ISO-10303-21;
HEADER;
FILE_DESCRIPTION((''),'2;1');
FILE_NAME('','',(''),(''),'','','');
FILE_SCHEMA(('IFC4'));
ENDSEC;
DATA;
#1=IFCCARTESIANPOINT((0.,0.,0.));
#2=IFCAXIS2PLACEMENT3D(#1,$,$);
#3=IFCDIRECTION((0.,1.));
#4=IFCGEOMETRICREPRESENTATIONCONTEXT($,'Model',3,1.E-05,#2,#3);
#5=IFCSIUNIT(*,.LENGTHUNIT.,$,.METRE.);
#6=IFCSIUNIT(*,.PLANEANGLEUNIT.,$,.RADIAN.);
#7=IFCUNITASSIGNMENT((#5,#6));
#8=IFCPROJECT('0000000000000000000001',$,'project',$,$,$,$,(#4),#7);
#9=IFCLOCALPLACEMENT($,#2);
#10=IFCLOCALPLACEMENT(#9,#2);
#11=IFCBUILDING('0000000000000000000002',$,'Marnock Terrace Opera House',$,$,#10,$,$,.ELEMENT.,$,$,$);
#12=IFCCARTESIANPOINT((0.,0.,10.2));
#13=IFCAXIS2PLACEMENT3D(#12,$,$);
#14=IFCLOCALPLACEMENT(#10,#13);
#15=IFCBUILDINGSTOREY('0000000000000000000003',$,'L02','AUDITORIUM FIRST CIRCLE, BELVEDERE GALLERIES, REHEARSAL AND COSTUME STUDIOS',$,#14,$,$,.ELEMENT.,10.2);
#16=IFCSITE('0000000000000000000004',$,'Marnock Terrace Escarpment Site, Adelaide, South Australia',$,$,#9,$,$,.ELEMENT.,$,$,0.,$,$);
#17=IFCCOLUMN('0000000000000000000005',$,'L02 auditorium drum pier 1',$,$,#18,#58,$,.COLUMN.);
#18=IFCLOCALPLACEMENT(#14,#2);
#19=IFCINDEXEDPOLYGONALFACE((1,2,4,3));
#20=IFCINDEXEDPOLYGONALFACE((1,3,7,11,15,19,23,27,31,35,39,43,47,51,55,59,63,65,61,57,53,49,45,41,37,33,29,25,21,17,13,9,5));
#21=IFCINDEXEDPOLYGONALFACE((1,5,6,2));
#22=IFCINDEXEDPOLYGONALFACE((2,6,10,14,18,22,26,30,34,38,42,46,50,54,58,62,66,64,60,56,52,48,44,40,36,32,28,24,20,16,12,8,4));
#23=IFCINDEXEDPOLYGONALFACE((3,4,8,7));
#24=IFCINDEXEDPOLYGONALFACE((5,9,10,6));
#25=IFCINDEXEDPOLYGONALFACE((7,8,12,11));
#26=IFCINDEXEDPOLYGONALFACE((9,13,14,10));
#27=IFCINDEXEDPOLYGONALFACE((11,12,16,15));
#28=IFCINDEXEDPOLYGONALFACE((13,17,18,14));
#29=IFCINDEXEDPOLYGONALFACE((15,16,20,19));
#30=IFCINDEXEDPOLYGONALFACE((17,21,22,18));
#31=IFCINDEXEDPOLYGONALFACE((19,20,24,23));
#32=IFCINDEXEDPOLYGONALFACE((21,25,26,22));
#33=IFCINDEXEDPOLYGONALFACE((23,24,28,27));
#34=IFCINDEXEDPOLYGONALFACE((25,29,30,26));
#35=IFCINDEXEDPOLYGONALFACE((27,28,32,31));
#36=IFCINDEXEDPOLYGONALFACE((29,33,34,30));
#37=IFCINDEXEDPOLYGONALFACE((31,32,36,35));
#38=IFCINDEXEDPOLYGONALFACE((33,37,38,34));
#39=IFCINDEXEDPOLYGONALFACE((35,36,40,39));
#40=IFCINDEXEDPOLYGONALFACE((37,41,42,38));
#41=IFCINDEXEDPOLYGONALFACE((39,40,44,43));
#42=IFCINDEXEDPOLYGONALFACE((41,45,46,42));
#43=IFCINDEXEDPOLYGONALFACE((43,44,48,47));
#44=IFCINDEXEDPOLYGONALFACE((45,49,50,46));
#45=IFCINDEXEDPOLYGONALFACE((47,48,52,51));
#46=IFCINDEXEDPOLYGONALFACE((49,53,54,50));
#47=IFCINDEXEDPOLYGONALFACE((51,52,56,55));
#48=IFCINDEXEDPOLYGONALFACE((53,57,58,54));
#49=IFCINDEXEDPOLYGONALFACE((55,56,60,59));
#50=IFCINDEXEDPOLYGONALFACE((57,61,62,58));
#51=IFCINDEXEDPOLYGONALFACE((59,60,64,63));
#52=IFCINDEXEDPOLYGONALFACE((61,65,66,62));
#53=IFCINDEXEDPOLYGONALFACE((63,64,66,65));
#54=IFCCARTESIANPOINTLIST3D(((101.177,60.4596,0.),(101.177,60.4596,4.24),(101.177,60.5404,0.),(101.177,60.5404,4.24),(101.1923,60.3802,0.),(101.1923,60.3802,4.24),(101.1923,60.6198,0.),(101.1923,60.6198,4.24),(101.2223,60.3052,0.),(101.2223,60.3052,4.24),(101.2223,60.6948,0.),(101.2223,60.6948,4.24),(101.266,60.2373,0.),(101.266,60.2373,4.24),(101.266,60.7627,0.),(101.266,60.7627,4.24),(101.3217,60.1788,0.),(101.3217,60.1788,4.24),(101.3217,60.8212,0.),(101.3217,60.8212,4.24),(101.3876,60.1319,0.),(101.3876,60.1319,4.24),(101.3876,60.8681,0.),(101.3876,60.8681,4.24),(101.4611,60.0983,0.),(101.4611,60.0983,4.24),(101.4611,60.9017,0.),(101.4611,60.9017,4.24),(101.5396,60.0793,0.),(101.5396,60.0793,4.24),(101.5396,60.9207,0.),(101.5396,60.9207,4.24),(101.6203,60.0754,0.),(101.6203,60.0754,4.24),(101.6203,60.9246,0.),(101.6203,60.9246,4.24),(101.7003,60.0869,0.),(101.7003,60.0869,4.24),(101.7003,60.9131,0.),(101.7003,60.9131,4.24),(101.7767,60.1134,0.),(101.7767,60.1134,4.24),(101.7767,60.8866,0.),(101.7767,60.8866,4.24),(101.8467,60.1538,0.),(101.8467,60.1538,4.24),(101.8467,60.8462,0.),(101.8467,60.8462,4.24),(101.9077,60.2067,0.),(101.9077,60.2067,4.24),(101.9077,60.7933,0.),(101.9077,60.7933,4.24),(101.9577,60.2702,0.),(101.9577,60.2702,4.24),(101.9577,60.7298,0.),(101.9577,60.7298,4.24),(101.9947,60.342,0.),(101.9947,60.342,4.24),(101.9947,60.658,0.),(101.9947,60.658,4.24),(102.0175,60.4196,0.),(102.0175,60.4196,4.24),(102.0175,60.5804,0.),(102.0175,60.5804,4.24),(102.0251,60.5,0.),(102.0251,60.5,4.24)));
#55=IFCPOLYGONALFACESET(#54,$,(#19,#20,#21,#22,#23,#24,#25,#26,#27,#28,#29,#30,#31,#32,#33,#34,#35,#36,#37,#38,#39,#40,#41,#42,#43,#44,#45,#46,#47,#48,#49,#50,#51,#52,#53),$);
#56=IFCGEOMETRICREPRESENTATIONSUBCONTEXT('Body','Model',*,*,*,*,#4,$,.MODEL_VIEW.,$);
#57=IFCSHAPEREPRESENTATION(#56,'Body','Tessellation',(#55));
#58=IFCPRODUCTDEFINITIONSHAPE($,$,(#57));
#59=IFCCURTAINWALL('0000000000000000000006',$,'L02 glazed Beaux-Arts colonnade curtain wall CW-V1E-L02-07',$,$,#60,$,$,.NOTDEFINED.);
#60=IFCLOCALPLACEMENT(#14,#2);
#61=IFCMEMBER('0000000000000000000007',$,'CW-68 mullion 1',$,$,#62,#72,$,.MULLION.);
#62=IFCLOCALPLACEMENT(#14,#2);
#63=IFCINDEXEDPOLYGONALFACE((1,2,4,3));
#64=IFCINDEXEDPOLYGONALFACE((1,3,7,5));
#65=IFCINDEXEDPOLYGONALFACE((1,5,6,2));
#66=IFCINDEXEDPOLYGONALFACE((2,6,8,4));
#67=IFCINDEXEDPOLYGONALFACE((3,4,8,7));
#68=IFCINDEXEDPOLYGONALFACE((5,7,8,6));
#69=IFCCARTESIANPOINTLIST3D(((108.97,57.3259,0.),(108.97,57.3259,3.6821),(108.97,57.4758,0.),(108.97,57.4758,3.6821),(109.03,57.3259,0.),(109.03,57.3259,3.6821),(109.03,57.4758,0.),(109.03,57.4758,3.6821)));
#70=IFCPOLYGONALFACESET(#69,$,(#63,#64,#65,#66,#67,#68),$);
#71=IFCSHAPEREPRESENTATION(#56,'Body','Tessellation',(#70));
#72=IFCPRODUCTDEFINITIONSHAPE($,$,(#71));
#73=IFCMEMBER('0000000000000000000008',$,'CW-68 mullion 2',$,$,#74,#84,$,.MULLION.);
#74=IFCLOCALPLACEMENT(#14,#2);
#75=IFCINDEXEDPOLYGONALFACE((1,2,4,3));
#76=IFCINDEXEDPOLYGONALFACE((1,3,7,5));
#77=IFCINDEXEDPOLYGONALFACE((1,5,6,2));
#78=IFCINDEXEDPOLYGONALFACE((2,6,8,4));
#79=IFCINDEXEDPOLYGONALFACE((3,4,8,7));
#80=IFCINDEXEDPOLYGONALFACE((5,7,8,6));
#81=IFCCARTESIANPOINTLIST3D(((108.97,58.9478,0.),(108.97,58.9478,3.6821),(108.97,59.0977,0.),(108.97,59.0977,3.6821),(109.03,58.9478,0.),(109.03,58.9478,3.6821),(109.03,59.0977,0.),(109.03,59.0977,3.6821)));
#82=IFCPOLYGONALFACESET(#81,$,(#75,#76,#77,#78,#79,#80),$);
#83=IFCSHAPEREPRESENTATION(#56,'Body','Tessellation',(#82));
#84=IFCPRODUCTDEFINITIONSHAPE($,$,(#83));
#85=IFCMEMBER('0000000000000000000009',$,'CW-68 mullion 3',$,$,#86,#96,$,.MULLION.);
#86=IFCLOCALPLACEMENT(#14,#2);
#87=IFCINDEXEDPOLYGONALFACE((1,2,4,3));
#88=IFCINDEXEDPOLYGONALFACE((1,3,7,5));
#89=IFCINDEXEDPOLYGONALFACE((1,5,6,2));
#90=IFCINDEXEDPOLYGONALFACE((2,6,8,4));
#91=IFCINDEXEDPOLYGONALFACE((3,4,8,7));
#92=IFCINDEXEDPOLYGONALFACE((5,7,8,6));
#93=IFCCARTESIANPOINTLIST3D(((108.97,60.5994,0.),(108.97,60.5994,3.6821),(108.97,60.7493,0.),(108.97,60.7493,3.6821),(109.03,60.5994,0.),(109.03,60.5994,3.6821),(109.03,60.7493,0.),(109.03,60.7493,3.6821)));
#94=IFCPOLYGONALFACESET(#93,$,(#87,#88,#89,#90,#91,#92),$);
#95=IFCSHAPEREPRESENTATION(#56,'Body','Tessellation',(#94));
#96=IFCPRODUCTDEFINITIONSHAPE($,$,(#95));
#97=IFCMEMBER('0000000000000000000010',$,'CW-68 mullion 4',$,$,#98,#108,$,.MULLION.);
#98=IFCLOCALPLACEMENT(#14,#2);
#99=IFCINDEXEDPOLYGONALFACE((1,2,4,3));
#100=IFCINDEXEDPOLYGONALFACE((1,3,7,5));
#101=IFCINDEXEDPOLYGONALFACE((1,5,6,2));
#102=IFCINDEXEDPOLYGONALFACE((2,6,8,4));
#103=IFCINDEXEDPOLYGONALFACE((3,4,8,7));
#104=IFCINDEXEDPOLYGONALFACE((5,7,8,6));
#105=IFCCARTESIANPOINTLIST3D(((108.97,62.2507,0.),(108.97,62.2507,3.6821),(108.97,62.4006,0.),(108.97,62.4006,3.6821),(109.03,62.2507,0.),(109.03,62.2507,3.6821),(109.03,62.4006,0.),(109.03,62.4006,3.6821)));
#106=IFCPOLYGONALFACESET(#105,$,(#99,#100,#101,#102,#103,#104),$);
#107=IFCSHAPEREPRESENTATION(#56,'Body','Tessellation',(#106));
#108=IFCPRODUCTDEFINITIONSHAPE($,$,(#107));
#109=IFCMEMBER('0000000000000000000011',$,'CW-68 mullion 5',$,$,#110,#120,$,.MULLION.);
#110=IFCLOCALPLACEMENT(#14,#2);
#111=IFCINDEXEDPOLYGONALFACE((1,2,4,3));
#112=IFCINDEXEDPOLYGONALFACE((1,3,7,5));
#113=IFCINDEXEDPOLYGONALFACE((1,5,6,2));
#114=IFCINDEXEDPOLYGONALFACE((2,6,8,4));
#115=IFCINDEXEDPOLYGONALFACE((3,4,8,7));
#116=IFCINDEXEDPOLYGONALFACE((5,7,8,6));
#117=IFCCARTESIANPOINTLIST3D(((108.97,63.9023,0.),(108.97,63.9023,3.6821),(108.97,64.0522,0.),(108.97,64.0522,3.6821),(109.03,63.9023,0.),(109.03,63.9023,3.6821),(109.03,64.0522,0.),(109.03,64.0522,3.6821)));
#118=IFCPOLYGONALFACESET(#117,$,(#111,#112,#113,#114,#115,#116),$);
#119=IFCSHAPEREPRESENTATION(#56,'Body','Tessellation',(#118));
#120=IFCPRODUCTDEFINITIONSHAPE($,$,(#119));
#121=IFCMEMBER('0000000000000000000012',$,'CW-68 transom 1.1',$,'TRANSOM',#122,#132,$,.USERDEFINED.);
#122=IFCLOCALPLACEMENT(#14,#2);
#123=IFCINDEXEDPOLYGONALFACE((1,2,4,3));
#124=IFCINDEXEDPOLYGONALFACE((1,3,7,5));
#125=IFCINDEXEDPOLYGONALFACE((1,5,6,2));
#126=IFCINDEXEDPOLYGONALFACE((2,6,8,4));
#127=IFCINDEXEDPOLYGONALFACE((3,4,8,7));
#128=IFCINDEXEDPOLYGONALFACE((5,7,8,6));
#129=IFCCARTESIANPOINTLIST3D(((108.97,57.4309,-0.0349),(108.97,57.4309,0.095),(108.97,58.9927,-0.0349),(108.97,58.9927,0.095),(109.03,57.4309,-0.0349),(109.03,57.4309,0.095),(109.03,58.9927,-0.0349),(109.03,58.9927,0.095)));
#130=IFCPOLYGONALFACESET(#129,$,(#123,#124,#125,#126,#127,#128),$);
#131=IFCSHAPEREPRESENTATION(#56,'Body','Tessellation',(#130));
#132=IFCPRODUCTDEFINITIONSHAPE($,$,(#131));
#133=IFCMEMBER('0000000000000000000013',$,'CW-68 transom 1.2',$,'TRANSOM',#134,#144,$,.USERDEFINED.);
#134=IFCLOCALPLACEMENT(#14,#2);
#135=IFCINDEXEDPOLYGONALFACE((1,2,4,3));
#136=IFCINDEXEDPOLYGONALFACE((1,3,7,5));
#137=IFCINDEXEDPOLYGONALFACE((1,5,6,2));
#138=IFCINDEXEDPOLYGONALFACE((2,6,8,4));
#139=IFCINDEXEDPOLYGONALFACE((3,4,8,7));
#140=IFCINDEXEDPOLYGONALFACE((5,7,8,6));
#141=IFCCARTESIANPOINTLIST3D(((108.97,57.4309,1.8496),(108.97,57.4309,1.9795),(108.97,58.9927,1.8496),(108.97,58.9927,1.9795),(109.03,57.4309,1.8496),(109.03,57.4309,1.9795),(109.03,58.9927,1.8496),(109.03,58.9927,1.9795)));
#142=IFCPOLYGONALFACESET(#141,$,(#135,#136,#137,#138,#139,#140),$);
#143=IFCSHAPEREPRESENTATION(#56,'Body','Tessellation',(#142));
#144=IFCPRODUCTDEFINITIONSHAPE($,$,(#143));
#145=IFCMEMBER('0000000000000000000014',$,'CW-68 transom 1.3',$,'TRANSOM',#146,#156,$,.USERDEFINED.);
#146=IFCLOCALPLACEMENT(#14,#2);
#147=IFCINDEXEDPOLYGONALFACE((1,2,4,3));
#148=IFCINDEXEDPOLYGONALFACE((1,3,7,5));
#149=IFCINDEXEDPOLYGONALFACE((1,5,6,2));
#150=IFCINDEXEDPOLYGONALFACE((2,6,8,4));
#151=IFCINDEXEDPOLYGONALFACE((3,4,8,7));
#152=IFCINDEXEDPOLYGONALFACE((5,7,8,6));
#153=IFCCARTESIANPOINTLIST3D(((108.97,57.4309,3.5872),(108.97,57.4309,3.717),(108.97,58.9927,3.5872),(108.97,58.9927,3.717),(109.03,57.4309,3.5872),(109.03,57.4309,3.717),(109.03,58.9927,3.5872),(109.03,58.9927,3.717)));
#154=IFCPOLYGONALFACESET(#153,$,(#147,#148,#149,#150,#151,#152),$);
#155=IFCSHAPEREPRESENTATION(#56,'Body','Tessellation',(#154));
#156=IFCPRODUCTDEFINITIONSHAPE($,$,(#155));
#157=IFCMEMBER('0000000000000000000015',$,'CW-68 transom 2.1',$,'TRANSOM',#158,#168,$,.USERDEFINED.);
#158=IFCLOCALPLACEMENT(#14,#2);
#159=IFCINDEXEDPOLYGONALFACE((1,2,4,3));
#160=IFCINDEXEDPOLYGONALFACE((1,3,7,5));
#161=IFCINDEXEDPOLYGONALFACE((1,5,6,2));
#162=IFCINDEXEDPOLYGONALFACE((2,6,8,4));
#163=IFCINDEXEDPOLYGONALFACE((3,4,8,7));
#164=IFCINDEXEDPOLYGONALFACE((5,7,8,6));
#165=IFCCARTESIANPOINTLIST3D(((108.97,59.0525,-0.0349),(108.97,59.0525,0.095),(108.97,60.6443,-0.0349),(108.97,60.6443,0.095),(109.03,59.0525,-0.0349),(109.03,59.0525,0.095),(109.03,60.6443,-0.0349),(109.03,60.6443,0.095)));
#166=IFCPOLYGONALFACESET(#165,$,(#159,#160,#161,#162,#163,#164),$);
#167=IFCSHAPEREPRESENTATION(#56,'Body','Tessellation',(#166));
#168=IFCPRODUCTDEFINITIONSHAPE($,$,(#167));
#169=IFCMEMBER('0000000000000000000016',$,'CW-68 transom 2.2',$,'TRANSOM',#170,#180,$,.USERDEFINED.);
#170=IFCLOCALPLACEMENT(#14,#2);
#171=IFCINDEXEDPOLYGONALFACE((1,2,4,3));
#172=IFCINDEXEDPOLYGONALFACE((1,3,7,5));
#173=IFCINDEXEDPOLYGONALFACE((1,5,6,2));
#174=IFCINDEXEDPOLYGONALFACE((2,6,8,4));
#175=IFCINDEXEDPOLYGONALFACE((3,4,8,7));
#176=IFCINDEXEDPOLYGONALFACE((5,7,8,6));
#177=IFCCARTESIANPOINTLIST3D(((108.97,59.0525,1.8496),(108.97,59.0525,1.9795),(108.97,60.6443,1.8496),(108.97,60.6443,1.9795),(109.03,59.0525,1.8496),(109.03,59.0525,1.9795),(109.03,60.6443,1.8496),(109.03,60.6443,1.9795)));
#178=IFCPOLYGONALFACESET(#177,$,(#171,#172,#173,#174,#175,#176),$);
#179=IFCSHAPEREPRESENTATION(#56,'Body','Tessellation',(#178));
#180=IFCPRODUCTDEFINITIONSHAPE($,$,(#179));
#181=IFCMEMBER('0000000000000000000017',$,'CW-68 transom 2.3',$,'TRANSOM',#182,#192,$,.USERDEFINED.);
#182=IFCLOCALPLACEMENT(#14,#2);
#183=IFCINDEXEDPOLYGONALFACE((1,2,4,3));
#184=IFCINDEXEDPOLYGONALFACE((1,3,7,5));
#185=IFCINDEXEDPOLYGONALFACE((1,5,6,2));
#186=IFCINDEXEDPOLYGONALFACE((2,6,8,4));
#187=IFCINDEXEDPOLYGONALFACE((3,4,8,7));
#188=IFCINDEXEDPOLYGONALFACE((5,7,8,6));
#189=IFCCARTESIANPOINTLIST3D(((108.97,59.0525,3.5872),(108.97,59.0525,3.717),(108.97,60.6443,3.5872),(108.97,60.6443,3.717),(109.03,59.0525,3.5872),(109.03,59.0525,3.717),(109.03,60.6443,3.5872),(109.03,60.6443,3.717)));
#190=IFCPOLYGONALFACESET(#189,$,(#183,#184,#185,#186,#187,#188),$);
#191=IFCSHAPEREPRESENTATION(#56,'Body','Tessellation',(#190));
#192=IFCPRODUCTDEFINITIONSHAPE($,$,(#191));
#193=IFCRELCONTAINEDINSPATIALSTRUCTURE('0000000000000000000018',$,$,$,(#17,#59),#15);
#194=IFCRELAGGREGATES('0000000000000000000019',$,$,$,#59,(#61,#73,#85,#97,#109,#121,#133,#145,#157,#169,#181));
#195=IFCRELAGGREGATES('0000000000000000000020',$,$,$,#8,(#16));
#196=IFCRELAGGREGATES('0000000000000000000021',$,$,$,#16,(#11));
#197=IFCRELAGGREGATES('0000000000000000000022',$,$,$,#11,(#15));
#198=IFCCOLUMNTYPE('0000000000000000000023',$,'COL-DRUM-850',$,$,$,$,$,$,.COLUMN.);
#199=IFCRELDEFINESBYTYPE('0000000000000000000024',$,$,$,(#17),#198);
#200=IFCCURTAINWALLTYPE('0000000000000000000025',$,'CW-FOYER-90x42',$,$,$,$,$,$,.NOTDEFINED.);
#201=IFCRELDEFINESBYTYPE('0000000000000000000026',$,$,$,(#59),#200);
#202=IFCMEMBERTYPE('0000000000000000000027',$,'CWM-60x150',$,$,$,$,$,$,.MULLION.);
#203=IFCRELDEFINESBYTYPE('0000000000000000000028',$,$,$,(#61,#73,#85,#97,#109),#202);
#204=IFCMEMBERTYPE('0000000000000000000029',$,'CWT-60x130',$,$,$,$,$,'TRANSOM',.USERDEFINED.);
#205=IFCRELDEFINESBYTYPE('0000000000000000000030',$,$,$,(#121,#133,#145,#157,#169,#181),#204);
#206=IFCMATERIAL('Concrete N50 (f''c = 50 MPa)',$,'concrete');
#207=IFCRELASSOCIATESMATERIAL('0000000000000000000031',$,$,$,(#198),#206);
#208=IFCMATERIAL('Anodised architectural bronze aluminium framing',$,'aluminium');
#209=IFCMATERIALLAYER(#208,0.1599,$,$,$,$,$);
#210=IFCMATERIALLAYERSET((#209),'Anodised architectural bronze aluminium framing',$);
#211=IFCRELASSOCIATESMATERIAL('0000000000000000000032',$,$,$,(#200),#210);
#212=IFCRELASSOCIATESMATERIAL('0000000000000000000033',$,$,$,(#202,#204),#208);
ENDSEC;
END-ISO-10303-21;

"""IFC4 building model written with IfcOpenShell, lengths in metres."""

from ifc_helpers import new_model, si_unit, direction, frame, origin, origin_2d, place, context, subcontext, project, spatial, rectangle, circle, extrude, material, layer, layer_set, material_profile, profile_set, type_object, element, aggregate, save


model = new_model("IFC4")

# Units and contexts
model_context = context("Model", 3, precision=1e-05, world=origin(), true_north=direction((0.0, 1.0)))
body_context = subcontext(model_context, "Body", "Model", "MODEL_VIEW")
ifc_project = project(units=[si_unit("LENGTHUNIT", "METRE"), si_unit("PLANEANGLEUNIT", "RADIAN")], contexts=[model_context])

# Site, building, storey
site_placement = place(None, origin())
site = spatial("IfcSite", under=ifc_project, at=site_placement, Name="Marnock Terrace Escarpment Site, Adelaide, South Australia", CompositionType="ELEMENT", RefElevation=0.0)
building_placement = place(site_placement, origin())
building = spatial("IfcBuilding", under=site, at=building_placement, Name="Marnock Terrace Opera House", CompositionType="ELEMENT")
storey_placement = place(building_placement, frame((0.0, 0.0, 10.2)))
storey = spatial("IfcBuildingStorey", under=building, at=storey_placement, Name="L02", Description="AUDITORIUM FIRST CIRCLE, BELVEDERE GALLERIES, REHEARSAL AND COSTUME STUDIOS", CompositionType="ELEMENT", Elevation=10.2)

# Column
ifc_material_1 = material(Name="Concrete N50 (f'c = 50 MPa)", Category="concrete")
ifc_material_profile_1 = material_profile(ifc_material_1, circle(Radius=0.425, at=origin_2d()))
ifc_profile_set_1 = profile_set([ifc_material_profile_1], Name="Concrete N50 (f'c = 50 MPa)")
column_type = type_object("IfcColumnType", Name="COL-DRUM-850", PredefinedType="COLUMN", material=ifc_profile_set_1)
column_placement = place(storey_placement, frame((101.6001, 60.5, 0.0), z_axis=(0.0, 0.0, 1.0), x_axis=(1.0, 0.0, 0.0)))
element("IfcColumn", 1, at=column_placement, inside=storey, type_object=column_type, Name="L02 auditorium drum pier 1", PredefinedType="COLUMN", context=body_context, shape_type="SweptSolid", body=[
    extrude(circle(Radius=0.425, at=origin_2d()), origin(), (0.0, 0.0, 1.0), 4.24),
])

# Curtain wall, members
ifc_material_2 = material(Name="Anodised architectural bronze aluminium framing", Category="aluminium")
ifc_layer_1 = layer(ifc_material_2, 0.1599)
ifc_layer_set_1 = layer_set([ifc_layer_1], Name="Anodised architectural bronze aluminium framing")
curtain_wall_type = type_object("IfcCurtainWallType", Name="CW-FOYER-90x42", PredefinedType="NOTDEFINED", material=ifc_layer_set_1)
curtain_wall_placement = place(storey_placement, origin())
curtain_wall = element("IfcCurtainWall", 2, at=curtain_wall_placement, inside=storey, type_object=curtain_wall_type, Name="L02 glazed Beaux-Arts colonnade curtain wall CW-V1E-L02-07", PredefinedType="NOTDEFINED")
ifc_material_profile_2 = material_profile(ifc_material_2, rectangle(XDim=0.0601, YDim=0.1499, at=origin_2d()))
ifc_profile_set_2 = profile_set([ifc_material_profile_2], Name="Anodised architectural bronze aluminium framing")
member_type_1 = type_object("IfcMemberType", Name="CWM-60x150", PredefinedType="MULLION", material=ifc_profile_set_2)
member_1_placement = place(storey_placement, frame((109.0, 57.4009, 0.0), z_axis=(0.0, 0.0, 1.0), x_axis=(-1.0, 0.0, 0.0)))
member_1 = element("IfcMember", 3, at=member_1_placement, type_object=member_type_1, Name="CW-68 mullion 1", PredefinedType="MULLION", context=body_context, shape_type="SweptSolid", body=[
    extrude(rectangle(XDim=0.0601, YDim=0.1499, at=origin_2d()), origin(), (0.0, 0.0, 1.0), 3.6821),
])
member_2_placement = place(storey_placement, frame((109.0, 59.0227, 0.0), z_axis=(0.0, 0.0, 1.0), x_axis=(-1.0, 0.0, 0.0)))
member_2 = element("IfcMember", 4, at=member_2_placement, type_object=member_type_1, Name="CW-68 mullion 2", PredefinedType="MULLION", context=body_context, shape_type="SweptSolid", body=[
    extrude(rectangle(XDim=0.0601, YDim=0.1499, at=origin_2d()), origin(), (0.0, 0.0, 1.0), 3.6821),
])
member_3_placement = place(storey_placement, frame((109.0, 60.6743, 0.0), z_axis=(0.0, 0.0, 1.0), x_axis=(-1.0, 0.0, 0.0)))
member_3 = element("IfcMember", 5, at=member_3_placement, type_object=member_type_1, Name="CW-68 mullion 3", PredefinedType="MULLION", context=body_context, shape_type="SweptSolid", body=[
    extrude(rectangle(XDim=0.0601, YDim=0.1499, at=origin_2d()), origin(), (0.0, 0.0, 1.0), 3.6821),
])
member_4_placement = place(storey_placement, frame((109.0, 62.3257, 0.0), z_axis=(0.0, 0.0, 1.0), x_axis=(-1.0, 0.0, 0.0)))
member_4 = element("IfcMember", 6, at=member_4_placement, type_object=member_type_1, Name="CW-68 mullion 4", PredefinedType="MULLION", context=body_context, shape_type="SweptSolid", body=[
    extrude(rectangle(XDim=0.0601, YDim=0.1499, at=origin_2d()), origin(), (0.0, 0.0, 1.0), 3.6821),
])
member_5_placement = place(storey_placement, frame((109.0, 63.9773, 0.0), z_axis=(0.0, 0.0, 1.0), x_axis=(-1.0, 0.0, 0.0)))
member_5 = element("IfcMember", 7, at=member_5_placement, type_object=member_type_1, Name="CW-68 mullion 5", PredefinedType="MULLION", context=body_context, shape_type="SweptSolid", body=[
    extrude(rectangle(XDim=0.0601, YDim=0.1499, at=origin_2d()), origin(), (0.0, 0.0, 1.0), 3.6821),
])
ifc_material_profile_3 = material_profile(ifc_material_2, rectangle(XDim=0.0601, YDim=0.1299, at=origin_2d()))
ifc_profile_set_3 = profile_set([ifc_material_profile_3], Name="Anodised architectural bronze aluminium framing")
member_type_2 = type_object("IfcMemberType", Name="CWT-60x130", ElementType="TRANSOM", PredefinedType="USERDEFINED", material=ifc_profile_set_3)
member_6_placement = place(storey_placement, frame((109.0, 57.4309, 0.03), z_axis=(0.0, 1.0, 0.0), x_axis=(-1.0, 0.0, 0.0)))
member_6 = element("IfcMember", 8, at=member_6_placement, type_object=member_type_2, Name="CW-68 transom 1.1", ObjectType="TRANSOM", PredefinedType="USERDEFINED", context=body_context, shape_type="SweptSolid", body=[
    extrude(rectangle(XDim=0.0601, YDim=0.1299, at=origin_2d()), origin(), (0.0, 0.0, 1.0), 1.5618),
])
member_7_placement = place(storey_placement, frame((109.0, 57.4309, 1.9146), z_axis=(0.0, 1.0, 0.0), x_axis=(-1.0, 0.0, 0.0)))
member_7 = element("IfcMember", 9, at=member_7_placement, type_object=member_type_2, Name="CW-68 transom 1.2", ObjectType="TRANSOM", PredefinedType="USERDEFINED", context=body_context, shape_type="SweptSolid", body=[
    extrude(rectangle(XDim=0.0601, YDim=0.1299, at=origin_2d()), origin(), (0.0, 0.0, 1.0), 1.5618),
])
member_8_placement = place(storey_placement, frame((109.0, 57.4309, 3.6521), z_axis=(0.0, 1.0, 0.0), x_axis=(-1.0, 0.0, 0.0)))
member_8 = element("IfcMember", 10, at=member_8_placement, type_object=member_type_2, Name="CW-68 transom 1.3", ObjectType="TRANSOM", PredefinedType="USERDEFINED", context=body_context, shape_type="SweptSolid", body=[
    extrude(rectangle(XDim=0.0601, YDim=0.1299, at=origin_2d()), origin(), (0.0, 0.0, 1.0), 1.5618),
])
member_9_placement = place(storey_placement, frame((109.0, 59.0525, 0.03), z_axis=(0.0, 1.0, 0.0), x_axis=(-1.0, 0.0, 0.0)))
member_9 = element("IfcMember", 11, at=member_9_placement, type_object=member_type_2, Name="CW-68 transom 2.1", ObjectType="TRANSOM", PredefinedType="USERDEFINED", context=body_context, shape_type="SweptSolid", body=[
    extrude(rectangle(XDim=0.0601, YDim=0.1299, at=origin_2d()), origin(), (0.0, 0.0, 1.0), 1.5918),
])
member_10_placement = place(storey_placement, frame((109.0, 59.0525, 1.9146), z_axis=(0.0, 1.0, 0.0), x_axis=(-1.0, 0.0, 0.0)))
member_10 = element("IfcMember", 12, at=member_10_placement, type_object=member_type_2, Name="CW-68 transom 2.2", ObjectType="TRANSOM", PredefinedType="USERDEFINED", context=body_context, shape_type="SweptSolid", body=[
    extrude(rectangle(XDim=0.0601, YDim=0.1299, at=origin_2d()), origin(), (0.0, 0.0, 1.0), 1.5918),
])
member_11_placement = place(storey_placement, frame((109.0, 59.0525, 3.6521), z_axis=(0.0, 1.0, 0.0), x_axis=(-1.0, 0.0, 0.0)))
member_11 = element("IfcMember", 13, at=member_11_placement, type_object=member_type_2, Name="CW-68 transom 2.3", ObjectType="TRANSOM", PredefinedType="USERDEFINED", context=body_context, shape_type="SweptSolid", body=[
    extrude(rectangle(XDim=0.0601, YDim=0.1299, at=origin_2d()), origin(), (0.0, 0.0, 1.0), 1.5918),
])
aggregate(curtain_wall, [member_1, member_2, member_3, member_4, member_5, member_6, member_7, member_8, member_9, member_10, member_11])

save(model, "model.ifc")
